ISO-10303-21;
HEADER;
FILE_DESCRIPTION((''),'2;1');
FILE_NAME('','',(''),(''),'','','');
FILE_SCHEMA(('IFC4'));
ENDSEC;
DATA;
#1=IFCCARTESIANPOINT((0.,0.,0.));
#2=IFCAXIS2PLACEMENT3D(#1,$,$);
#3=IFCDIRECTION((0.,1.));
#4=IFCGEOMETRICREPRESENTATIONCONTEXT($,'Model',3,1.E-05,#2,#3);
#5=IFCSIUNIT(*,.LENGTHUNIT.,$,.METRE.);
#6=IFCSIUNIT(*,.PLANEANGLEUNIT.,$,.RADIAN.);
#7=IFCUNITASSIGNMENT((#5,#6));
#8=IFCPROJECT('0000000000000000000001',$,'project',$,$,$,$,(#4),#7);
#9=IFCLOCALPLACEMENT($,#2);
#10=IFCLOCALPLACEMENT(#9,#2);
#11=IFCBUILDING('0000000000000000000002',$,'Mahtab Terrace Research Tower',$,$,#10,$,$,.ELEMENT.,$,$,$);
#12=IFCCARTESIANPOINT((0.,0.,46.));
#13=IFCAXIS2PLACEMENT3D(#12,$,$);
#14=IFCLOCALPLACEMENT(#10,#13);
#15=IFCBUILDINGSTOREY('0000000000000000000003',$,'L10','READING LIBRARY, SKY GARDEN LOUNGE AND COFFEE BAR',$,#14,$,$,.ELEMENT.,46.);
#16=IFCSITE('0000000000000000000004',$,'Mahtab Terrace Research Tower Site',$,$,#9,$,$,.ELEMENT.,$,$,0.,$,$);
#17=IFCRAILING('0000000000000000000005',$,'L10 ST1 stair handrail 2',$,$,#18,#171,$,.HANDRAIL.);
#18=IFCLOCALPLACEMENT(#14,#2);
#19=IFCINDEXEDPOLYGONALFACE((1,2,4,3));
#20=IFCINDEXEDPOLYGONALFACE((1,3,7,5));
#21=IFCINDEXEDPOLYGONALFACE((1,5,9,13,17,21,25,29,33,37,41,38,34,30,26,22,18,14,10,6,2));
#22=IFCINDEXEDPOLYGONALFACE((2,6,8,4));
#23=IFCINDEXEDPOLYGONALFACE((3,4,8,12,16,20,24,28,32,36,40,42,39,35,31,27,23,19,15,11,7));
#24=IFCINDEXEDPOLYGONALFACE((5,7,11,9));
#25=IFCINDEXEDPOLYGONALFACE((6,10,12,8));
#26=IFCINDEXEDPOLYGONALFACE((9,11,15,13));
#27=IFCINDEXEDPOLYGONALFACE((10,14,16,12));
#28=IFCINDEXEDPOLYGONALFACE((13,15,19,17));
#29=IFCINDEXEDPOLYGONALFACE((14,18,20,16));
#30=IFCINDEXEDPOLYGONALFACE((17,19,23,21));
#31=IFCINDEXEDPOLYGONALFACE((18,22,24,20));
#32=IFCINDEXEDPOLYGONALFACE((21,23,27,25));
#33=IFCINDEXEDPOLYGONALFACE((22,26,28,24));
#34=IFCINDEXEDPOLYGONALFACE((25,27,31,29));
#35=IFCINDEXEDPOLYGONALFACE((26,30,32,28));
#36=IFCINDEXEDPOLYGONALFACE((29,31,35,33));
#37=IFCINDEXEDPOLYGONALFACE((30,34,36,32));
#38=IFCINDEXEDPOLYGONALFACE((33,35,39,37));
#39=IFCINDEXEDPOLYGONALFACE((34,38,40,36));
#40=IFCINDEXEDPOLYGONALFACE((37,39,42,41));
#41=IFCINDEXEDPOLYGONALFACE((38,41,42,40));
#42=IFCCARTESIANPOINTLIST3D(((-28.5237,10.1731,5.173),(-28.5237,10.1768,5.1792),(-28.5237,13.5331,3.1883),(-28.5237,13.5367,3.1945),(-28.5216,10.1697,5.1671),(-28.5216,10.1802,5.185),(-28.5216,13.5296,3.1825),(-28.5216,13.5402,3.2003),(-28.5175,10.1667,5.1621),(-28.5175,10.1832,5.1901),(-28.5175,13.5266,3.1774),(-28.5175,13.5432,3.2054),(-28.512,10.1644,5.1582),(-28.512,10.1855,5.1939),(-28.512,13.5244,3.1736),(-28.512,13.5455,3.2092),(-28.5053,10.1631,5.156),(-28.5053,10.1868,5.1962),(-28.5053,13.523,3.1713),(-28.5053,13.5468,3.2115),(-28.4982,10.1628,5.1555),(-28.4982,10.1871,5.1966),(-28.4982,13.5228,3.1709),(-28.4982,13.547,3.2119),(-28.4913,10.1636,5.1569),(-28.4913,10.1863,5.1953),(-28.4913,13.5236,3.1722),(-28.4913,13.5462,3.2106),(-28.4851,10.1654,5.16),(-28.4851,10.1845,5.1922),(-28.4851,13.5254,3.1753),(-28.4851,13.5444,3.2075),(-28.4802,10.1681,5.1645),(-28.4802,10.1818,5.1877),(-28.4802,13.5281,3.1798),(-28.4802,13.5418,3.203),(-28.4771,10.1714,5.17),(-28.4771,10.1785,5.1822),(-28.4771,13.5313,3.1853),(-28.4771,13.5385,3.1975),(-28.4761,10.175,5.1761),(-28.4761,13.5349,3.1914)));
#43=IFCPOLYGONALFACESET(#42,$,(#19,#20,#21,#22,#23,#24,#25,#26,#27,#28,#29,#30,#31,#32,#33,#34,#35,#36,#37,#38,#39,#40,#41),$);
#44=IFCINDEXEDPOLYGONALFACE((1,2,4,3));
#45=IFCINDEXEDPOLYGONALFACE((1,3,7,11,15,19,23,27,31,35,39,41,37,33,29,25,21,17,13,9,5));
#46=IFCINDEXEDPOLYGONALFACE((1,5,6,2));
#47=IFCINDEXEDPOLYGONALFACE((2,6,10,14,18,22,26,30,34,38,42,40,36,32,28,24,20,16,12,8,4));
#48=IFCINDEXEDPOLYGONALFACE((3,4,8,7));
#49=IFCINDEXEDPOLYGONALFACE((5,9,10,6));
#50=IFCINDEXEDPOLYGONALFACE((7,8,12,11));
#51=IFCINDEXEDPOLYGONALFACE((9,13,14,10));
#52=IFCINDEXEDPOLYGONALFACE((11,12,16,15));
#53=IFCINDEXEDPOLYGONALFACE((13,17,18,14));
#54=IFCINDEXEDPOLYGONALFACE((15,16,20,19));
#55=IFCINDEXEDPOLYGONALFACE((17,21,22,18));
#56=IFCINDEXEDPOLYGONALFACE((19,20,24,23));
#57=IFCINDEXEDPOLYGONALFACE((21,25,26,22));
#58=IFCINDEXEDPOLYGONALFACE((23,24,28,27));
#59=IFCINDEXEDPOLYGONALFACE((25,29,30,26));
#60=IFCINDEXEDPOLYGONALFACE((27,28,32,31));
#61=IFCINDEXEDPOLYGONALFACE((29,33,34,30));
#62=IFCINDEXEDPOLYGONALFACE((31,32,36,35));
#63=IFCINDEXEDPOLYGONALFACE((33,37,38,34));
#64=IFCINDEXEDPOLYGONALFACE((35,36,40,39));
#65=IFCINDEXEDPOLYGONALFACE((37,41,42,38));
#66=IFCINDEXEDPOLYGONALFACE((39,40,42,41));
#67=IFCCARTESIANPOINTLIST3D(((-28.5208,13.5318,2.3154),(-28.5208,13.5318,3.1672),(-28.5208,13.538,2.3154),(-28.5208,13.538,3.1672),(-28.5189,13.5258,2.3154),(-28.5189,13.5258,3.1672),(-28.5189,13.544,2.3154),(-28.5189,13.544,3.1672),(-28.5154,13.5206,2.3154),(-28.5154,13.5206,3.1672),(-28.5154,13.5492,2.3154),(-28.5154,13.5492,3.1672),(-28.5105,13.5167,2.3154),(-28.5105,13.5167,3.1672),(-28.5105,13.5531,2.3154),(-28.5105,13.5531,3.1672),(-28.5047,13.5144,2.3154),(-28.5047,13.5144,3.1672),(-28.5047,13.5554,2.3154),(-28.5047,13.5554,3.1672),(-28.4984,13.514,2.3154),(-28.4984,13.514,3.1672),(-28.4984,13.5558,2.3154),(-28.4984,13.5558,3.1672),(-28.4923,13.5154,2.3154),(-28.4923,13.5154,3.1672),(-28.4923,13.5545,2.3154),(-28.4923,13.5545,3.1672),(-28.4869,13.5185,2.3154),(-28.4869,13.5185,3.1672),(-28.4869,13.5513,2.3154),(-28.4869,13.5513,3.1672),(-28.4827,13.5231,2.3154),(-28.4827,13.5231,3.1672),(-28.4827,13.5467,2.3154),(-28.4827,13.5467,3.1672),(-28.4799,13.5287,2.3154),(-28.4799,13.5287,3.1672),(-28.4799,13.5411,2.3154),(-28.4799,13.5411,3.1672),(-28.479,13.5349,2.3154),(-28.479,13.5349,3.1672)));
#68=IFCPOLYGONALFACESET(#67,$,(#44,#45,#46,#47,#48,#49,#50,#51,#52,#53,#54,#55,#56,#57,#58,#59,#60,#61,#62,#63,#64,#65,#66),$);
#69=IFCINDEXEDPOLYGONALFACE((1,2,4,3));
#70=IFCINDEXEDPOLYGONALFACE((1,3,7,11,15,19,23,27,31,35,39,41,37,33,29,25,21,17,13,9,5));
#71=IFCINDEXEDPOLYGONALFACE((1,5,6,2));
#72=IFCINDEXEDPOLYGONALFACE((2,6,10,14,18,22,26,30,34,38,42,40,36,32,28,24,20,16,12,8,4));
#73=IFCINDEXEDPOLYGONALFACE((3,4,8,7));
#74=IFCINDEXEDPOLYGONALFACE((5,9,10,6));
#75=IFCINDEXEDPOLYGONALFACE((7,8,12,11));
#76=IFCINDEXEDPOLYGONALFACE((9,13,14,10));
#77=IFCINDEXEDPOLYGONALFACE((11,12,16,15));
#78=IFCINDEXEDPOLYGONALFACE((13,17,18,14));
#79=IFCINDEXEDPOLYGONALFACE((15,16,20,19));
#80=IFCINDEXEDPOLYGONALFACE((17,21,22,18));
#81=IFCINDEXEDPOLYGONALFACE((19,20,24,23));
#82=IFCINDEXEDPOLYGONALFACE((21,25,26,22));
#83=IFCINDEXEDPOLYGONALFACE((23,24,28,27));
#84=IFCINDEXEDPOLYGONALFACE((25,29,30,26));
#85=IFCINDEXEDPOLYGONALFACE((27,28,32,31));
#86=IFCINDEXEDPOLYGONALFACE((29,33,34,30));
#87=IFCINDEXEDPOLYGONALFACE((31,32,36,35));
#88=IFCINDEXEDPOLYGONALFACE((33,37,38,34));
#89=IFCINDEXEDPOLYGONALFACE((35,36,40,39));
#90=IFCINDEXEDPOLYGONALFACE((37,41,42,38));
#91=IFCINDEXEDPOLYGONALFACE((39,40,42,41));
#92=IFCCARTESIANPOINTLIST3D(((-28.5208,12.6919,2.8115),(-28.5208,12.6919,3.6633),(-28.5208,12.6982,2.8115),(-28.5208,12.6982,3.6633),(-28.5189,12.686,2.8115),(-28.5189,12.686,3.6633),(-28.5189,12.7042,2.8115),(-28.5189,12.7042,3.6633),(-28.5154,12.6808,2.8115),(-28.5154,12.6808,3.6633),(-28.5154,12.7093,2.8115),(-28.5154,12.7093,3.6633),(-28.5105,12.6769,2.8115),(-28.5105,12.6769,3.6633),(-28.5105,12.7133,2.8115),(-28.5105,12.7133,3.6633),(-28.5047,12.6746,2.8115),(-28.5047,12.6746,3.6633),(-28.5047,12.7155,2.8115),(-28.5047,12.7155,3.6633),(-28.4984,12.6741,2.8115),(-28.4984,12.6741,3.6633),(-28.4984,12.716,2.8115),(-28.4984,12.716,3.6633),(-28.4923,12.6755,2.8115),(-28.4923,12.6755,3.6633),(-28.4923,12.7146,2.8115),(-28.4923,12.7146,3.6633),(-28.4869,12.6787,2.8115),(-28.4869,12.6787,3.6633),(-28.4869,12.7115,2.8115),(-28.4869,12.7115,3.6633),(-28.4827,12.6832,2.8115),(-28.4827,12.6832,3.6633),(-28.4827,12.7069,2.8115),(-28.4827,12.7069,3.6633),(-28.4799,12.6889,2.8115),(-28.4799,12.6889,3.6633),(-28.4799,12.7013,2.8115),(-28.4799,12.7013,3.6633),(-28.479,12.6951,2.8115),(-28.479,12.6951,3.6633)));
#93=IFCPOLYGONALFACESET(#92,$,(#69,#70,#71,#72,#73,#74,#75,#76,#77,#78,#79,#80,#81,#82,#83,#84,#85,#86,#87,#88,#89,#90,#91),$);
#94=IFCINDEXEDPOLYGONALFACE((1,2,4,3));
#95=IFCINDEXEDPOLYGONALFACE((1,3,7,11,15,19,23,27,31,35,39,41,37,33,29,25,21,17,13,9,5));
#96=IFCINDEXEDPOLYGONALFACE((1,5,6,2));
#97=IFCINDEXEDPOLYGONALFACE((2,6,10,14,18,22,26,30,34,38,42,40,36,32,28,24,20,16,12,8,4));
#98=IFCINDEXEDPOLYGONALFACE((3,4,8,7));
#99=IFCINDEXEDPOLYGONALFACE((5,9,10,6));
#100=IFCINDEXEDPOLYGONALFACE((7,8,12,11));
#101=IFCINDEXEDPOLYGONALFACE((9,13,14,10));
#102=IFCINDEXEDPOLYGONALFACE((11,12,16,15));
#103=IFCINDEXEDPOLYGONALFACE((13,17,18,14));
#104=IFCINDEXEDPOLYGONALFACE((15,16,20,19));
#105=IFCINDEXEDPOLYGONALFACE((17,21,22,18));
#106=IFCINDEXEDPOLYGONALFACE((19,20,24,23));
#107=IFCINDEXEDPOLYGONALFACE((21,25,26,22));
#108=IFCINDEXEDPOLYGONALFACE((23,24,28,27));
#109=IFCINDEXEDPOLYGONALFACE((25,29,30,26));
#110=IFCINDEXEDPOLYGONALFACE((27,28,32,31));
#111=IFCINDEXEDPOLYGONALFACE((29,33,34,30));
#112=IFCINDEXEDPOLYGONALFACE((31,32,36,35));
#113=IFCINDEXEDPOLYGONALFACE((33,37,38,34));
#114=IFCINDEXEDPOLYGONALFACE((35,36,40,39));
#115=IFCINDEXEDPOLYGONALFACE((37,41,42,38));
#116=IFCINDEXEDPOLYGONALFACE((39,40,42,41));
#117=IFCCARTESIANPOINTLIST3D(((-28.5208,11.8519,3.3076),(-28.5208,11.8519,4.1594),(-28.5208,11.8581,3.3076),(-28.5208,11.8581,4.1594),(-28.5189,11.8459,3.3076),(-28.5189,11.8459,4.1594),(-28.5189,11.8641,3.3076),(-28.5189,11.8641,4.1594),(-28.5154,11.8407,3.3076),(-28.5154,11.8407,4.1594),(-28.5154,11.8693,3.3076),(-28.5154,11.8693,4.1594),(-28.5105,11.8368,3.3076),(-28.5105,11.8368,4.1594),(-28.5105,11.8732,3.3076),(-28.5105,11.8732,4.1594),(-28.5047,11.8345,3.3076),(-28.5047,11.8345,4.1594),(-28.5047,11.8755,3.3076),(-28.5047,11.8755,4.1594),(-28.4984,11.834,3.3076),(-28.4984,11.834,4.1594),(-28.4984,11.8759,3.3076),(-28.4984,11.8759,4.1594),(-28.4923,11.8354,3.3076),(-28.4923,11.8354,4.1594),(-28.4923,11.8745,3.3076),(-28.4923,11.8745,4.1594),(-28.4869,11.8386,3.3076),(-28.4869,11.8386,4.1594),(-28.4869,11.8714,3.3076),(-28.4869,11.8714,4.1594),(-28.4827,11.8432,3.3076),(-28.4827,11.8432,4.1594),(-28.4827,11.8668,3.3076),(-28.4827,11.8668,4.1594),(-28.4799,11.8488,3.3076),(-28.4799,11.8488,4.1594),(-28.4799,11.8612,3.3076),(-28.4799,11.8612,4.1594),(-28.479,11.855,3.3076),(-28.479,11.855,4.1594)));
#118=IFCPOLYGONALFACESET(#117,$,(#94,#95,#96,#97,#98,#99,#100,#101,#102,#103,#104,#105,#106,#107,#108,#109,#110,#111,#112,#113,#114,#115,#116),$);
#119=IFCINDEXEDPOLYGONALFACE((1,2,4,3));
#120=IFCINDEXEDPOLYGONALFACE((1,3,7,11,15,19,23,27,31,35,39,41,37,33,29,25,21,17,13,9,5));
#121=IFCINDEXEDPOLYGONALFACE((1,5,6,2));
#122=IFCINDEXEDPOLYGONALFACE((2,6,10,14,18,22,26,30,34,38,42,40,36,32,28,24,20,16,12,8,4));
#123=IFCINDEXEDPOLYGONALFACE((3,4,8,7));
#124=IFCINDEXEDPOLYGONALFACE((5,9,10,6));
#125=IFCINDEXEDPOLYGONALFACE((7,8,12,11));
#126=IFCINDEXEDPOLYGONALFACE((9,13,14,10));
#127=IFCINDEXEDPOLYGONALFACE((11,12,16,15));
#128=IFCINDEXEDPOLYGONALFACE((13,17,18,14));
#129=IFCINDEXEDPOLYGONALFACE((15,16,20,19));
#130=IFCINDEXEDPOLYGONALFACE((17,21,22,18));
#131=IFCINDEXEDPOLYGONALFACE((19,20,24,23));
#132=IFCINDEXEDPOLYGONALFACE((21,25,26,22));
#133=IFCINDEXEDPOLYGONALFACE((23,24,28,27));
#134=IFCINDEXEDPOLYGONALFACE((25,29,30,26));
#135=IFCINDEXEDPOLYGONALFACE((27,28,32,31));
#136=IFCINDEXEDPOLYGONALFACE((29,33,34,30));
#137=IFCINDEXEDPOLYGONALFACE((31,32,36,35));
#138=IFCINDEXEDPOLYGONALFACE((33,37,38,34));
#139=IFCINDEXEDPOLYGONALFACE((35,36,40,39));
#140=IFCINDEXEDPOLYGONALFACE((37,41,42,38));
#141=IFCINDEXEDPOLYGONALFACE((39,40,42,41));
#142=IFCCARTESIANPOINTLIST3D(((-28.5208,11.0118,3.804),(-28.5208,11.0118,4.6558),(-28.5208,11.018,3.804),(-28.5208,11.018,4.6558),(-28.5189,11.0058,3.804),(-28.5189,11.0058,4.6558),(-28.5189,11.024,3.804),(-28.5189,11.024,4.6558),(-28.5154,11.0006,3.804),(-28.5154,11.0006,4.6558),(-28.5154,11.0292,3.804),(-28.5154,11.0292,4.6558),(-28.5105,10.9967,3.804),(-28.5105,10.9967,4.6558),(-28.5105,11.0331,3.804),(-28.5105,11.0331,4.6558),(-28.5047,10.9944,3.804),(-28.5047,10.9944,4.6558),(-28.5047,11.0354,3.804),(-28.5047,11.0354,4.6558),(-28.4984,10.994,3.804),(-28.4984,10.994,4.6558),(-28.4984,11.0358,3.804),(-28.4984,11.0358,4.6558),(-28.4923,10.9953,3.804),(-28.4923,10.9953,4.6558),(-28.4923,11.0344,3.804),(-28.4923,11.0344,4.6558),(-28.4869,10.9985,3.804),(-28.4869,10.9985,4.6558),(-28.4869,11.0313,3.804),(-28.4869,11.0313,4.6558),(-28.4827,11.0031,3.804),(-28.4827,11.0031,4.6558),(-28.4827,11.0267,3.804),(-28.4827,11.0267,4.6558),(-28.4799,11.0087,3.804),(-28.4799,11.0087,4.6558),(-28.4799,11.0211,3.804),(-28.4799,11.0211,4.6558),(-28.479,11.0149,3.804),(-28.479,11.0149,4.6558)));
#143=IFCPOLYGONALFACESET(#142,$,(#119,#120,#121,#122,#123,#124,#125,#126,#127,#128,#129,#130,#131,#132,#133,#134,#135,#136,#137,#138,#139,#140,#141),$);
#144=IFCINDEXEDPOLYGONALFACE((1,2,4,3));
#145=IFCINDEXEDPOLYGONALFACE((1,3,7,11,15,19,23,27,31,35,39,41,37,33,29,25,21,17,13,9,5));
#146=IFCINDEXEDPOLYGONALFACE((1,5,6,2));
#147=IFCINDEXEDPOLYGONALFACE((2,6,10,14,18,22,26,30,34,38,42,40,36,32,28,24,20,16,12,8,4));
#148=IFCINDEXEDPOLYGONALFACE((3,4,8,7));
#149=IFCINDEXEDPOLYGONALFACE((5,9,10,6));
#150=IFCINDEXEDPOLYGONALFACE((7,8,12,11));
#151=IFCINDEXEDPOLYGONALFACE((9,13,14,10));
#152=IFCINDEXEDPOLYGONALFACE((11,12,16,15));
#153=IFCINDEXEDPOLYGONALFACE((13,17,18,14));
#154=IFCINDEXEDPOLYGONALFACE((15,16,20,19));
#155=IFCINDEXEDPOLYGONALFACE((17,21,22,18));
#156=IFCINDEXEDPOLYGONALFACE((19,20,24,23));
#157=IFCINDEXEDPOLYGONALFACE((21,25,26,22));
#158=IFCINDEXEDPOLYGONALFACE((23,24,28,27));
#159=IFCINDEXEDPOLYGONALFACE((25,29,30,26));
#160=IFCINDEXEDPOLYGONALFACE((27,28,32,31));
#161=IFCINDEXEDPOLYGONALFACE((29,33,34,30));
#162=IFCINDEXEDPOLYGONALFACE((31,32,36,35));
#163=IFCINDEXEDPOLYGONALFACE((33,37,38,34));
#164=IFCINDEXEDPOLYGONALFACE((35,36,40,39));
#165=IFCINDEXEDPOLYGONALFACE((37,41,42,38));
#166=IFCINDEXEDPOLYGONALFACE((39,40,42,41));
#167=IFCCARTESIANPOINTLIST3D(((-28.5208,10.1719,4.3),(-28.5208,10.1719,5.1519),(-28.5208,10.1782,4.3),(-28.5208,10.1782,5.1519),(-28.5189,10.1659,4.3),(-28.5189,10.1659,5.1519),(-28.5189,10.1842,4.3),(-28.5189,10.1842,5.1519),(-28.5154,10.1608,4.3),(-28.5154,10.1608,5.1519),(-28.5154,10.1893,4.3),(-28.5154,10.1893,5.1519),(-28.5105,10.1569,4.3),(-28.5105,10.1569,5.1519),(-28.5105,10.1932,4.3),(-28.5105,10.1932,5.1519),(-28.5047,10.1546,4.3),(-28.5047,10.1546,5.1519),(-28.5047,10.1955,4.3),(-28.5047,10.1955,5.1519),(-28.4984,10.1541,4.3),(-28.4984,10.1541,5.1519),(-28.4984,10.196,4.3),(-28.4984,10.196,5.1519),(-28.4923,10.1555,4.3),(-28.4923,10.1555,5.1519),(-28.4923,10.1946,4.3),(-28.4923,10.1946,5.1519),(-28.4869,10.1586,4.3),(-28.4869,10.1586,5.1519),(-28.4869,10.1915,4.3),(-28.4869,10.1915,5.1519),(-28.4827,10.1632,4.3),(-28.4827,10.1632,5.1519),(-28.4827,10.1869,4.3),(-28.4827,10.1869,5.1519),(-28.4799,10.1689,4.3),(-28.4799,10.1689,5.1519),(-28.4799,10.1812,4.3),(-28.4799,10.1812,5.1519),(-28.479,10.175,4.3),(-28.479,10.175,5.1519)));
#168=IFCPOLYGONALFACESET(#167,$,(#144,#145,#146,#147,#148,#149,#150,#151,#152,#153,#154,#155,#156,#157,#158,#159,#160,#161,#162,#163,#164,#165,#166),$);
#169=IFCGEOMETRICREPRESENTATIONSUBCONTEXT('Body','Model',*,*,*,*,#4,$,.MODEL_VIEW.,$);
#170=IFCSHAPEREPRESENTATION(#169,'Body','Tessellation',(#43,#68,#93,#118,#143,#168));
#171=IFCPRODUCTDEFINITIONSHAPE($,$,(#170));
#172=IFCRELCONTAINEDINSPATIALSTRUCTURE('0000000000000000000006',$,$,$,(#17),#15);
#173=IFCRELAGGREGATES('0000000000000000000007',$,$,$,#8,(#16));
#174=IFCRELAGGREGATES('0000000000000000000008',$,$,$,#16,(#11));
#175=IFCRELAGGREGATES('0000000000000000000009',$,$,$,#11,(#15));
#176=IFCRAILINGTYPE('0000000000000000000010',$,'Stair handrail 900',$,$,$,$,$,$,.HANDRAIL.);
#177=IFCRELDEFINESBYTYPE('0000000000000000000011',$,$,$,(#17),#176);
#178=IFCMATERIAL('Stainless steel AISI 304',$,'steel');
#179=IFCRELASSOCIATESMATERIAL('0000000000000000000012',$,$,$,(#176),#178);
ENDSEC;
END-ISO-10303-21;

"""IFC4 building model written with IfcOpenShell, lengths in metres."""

from ifc_helpers import new_model, si_unit, direction, frame, origin, origin_2d, place, context, subcontext, project, spatial, circle, extrude, material, type_object, element, save


model = new_model("IFC4")

# Units and contexts
model_context = context("Model", 3, precision=1e-05, world=origin(), true_north=direction((0.0, 1.0)))
body_context = subcontext(model_context, "Body", "Model", "MODEL_VIEW")
ifc_project = project(units=[si_unit("LENGTHUNIT", "METRE"), si_unit("PLANEANGLEUNIT", "RADIAN")], contexts=[model_context])

# Site, building, storey
site_placement = place(None, origin())
site = spatial("IfcSite", under=ifc_project, at=site_placement, Name="Mahtab Terrace Research Tower Site", CompositionType="ELEMENT", RefElevation=0.0)
building_placement = place(site_placement, origin())
building = spatial("IfcBuilding", under=site, at=building_placement, Name="Mahtab Terrace Research Tower", CompositionType="ELEMENT")
storey_placement = place(building_placement, frame((0.0, 0.0, 46.0)))
storey = spatial("IfcBuildingStorey", under=building, at=storey_placement, Name="L10", Description="READING LIBRARY, SKY GARDEN LOUNGE AND COFFEE BAR", CompositionType="ELEMENT", Elevation=46.0)

# Railing
ifc_material_1 = material(Name="Stainless steel AISI 304", Category="steel")
railing_type_1 = type_object("IfcRailingType", Name="Stair handrail 900", PredefinedType="HANDRAIL", material=ifc_material_1)
railing_1_placement = place(storey_placement, frame((-28.5, 13.5349, 2.3154)))
element("IfcRailing", 1, at=railing_1_placement, inside=storey, type_object=railing_type_1, Name="L10 ST1 stair handrail 2", PredefinedType="HANDRAIL", context=body_context, shape_type="SweptSolid", body=[
    extrude(circle(Radius=0.0239, at=origin_2d()), frame((0.0, 0.0, 0.876), z_axis=(0.0, -0.861011, 0.508586), x_axis=(1.0, 0.0, 0.0)), (0.0, 0.0, 1.0), 3.9023),
    extrude(circle(Radius=0.021, at=origin_2d()), origin(), (0.0, 0.0, 1.0), 0.8518),
    extrude(circle(Radius=0.021, at=origin_2d()), frame((0.0, -0.8398, 0.4961)), (0.0, 0.0, 1.0), 0.8518),
    extrude(circle(Radius=0.021, at=origin_2d()), frame((0.0, -1.6799, 0.9922)), (0.0, 0.0, 1.0), 0.8518),
    extrude(circle(Radius=0.021, at=origin_2d()), frame((0.0, -2.52, 1.4885)), (0.0, 0.0, 1.0), 0.8518),
    extrude(circle(Radius=0.021, at=origin_2d()), frame((0.0, -3.3599, 1.9846)), (0.0, 0.0, 1.0), 0.8518),
])

save(model, "model.ifc")
